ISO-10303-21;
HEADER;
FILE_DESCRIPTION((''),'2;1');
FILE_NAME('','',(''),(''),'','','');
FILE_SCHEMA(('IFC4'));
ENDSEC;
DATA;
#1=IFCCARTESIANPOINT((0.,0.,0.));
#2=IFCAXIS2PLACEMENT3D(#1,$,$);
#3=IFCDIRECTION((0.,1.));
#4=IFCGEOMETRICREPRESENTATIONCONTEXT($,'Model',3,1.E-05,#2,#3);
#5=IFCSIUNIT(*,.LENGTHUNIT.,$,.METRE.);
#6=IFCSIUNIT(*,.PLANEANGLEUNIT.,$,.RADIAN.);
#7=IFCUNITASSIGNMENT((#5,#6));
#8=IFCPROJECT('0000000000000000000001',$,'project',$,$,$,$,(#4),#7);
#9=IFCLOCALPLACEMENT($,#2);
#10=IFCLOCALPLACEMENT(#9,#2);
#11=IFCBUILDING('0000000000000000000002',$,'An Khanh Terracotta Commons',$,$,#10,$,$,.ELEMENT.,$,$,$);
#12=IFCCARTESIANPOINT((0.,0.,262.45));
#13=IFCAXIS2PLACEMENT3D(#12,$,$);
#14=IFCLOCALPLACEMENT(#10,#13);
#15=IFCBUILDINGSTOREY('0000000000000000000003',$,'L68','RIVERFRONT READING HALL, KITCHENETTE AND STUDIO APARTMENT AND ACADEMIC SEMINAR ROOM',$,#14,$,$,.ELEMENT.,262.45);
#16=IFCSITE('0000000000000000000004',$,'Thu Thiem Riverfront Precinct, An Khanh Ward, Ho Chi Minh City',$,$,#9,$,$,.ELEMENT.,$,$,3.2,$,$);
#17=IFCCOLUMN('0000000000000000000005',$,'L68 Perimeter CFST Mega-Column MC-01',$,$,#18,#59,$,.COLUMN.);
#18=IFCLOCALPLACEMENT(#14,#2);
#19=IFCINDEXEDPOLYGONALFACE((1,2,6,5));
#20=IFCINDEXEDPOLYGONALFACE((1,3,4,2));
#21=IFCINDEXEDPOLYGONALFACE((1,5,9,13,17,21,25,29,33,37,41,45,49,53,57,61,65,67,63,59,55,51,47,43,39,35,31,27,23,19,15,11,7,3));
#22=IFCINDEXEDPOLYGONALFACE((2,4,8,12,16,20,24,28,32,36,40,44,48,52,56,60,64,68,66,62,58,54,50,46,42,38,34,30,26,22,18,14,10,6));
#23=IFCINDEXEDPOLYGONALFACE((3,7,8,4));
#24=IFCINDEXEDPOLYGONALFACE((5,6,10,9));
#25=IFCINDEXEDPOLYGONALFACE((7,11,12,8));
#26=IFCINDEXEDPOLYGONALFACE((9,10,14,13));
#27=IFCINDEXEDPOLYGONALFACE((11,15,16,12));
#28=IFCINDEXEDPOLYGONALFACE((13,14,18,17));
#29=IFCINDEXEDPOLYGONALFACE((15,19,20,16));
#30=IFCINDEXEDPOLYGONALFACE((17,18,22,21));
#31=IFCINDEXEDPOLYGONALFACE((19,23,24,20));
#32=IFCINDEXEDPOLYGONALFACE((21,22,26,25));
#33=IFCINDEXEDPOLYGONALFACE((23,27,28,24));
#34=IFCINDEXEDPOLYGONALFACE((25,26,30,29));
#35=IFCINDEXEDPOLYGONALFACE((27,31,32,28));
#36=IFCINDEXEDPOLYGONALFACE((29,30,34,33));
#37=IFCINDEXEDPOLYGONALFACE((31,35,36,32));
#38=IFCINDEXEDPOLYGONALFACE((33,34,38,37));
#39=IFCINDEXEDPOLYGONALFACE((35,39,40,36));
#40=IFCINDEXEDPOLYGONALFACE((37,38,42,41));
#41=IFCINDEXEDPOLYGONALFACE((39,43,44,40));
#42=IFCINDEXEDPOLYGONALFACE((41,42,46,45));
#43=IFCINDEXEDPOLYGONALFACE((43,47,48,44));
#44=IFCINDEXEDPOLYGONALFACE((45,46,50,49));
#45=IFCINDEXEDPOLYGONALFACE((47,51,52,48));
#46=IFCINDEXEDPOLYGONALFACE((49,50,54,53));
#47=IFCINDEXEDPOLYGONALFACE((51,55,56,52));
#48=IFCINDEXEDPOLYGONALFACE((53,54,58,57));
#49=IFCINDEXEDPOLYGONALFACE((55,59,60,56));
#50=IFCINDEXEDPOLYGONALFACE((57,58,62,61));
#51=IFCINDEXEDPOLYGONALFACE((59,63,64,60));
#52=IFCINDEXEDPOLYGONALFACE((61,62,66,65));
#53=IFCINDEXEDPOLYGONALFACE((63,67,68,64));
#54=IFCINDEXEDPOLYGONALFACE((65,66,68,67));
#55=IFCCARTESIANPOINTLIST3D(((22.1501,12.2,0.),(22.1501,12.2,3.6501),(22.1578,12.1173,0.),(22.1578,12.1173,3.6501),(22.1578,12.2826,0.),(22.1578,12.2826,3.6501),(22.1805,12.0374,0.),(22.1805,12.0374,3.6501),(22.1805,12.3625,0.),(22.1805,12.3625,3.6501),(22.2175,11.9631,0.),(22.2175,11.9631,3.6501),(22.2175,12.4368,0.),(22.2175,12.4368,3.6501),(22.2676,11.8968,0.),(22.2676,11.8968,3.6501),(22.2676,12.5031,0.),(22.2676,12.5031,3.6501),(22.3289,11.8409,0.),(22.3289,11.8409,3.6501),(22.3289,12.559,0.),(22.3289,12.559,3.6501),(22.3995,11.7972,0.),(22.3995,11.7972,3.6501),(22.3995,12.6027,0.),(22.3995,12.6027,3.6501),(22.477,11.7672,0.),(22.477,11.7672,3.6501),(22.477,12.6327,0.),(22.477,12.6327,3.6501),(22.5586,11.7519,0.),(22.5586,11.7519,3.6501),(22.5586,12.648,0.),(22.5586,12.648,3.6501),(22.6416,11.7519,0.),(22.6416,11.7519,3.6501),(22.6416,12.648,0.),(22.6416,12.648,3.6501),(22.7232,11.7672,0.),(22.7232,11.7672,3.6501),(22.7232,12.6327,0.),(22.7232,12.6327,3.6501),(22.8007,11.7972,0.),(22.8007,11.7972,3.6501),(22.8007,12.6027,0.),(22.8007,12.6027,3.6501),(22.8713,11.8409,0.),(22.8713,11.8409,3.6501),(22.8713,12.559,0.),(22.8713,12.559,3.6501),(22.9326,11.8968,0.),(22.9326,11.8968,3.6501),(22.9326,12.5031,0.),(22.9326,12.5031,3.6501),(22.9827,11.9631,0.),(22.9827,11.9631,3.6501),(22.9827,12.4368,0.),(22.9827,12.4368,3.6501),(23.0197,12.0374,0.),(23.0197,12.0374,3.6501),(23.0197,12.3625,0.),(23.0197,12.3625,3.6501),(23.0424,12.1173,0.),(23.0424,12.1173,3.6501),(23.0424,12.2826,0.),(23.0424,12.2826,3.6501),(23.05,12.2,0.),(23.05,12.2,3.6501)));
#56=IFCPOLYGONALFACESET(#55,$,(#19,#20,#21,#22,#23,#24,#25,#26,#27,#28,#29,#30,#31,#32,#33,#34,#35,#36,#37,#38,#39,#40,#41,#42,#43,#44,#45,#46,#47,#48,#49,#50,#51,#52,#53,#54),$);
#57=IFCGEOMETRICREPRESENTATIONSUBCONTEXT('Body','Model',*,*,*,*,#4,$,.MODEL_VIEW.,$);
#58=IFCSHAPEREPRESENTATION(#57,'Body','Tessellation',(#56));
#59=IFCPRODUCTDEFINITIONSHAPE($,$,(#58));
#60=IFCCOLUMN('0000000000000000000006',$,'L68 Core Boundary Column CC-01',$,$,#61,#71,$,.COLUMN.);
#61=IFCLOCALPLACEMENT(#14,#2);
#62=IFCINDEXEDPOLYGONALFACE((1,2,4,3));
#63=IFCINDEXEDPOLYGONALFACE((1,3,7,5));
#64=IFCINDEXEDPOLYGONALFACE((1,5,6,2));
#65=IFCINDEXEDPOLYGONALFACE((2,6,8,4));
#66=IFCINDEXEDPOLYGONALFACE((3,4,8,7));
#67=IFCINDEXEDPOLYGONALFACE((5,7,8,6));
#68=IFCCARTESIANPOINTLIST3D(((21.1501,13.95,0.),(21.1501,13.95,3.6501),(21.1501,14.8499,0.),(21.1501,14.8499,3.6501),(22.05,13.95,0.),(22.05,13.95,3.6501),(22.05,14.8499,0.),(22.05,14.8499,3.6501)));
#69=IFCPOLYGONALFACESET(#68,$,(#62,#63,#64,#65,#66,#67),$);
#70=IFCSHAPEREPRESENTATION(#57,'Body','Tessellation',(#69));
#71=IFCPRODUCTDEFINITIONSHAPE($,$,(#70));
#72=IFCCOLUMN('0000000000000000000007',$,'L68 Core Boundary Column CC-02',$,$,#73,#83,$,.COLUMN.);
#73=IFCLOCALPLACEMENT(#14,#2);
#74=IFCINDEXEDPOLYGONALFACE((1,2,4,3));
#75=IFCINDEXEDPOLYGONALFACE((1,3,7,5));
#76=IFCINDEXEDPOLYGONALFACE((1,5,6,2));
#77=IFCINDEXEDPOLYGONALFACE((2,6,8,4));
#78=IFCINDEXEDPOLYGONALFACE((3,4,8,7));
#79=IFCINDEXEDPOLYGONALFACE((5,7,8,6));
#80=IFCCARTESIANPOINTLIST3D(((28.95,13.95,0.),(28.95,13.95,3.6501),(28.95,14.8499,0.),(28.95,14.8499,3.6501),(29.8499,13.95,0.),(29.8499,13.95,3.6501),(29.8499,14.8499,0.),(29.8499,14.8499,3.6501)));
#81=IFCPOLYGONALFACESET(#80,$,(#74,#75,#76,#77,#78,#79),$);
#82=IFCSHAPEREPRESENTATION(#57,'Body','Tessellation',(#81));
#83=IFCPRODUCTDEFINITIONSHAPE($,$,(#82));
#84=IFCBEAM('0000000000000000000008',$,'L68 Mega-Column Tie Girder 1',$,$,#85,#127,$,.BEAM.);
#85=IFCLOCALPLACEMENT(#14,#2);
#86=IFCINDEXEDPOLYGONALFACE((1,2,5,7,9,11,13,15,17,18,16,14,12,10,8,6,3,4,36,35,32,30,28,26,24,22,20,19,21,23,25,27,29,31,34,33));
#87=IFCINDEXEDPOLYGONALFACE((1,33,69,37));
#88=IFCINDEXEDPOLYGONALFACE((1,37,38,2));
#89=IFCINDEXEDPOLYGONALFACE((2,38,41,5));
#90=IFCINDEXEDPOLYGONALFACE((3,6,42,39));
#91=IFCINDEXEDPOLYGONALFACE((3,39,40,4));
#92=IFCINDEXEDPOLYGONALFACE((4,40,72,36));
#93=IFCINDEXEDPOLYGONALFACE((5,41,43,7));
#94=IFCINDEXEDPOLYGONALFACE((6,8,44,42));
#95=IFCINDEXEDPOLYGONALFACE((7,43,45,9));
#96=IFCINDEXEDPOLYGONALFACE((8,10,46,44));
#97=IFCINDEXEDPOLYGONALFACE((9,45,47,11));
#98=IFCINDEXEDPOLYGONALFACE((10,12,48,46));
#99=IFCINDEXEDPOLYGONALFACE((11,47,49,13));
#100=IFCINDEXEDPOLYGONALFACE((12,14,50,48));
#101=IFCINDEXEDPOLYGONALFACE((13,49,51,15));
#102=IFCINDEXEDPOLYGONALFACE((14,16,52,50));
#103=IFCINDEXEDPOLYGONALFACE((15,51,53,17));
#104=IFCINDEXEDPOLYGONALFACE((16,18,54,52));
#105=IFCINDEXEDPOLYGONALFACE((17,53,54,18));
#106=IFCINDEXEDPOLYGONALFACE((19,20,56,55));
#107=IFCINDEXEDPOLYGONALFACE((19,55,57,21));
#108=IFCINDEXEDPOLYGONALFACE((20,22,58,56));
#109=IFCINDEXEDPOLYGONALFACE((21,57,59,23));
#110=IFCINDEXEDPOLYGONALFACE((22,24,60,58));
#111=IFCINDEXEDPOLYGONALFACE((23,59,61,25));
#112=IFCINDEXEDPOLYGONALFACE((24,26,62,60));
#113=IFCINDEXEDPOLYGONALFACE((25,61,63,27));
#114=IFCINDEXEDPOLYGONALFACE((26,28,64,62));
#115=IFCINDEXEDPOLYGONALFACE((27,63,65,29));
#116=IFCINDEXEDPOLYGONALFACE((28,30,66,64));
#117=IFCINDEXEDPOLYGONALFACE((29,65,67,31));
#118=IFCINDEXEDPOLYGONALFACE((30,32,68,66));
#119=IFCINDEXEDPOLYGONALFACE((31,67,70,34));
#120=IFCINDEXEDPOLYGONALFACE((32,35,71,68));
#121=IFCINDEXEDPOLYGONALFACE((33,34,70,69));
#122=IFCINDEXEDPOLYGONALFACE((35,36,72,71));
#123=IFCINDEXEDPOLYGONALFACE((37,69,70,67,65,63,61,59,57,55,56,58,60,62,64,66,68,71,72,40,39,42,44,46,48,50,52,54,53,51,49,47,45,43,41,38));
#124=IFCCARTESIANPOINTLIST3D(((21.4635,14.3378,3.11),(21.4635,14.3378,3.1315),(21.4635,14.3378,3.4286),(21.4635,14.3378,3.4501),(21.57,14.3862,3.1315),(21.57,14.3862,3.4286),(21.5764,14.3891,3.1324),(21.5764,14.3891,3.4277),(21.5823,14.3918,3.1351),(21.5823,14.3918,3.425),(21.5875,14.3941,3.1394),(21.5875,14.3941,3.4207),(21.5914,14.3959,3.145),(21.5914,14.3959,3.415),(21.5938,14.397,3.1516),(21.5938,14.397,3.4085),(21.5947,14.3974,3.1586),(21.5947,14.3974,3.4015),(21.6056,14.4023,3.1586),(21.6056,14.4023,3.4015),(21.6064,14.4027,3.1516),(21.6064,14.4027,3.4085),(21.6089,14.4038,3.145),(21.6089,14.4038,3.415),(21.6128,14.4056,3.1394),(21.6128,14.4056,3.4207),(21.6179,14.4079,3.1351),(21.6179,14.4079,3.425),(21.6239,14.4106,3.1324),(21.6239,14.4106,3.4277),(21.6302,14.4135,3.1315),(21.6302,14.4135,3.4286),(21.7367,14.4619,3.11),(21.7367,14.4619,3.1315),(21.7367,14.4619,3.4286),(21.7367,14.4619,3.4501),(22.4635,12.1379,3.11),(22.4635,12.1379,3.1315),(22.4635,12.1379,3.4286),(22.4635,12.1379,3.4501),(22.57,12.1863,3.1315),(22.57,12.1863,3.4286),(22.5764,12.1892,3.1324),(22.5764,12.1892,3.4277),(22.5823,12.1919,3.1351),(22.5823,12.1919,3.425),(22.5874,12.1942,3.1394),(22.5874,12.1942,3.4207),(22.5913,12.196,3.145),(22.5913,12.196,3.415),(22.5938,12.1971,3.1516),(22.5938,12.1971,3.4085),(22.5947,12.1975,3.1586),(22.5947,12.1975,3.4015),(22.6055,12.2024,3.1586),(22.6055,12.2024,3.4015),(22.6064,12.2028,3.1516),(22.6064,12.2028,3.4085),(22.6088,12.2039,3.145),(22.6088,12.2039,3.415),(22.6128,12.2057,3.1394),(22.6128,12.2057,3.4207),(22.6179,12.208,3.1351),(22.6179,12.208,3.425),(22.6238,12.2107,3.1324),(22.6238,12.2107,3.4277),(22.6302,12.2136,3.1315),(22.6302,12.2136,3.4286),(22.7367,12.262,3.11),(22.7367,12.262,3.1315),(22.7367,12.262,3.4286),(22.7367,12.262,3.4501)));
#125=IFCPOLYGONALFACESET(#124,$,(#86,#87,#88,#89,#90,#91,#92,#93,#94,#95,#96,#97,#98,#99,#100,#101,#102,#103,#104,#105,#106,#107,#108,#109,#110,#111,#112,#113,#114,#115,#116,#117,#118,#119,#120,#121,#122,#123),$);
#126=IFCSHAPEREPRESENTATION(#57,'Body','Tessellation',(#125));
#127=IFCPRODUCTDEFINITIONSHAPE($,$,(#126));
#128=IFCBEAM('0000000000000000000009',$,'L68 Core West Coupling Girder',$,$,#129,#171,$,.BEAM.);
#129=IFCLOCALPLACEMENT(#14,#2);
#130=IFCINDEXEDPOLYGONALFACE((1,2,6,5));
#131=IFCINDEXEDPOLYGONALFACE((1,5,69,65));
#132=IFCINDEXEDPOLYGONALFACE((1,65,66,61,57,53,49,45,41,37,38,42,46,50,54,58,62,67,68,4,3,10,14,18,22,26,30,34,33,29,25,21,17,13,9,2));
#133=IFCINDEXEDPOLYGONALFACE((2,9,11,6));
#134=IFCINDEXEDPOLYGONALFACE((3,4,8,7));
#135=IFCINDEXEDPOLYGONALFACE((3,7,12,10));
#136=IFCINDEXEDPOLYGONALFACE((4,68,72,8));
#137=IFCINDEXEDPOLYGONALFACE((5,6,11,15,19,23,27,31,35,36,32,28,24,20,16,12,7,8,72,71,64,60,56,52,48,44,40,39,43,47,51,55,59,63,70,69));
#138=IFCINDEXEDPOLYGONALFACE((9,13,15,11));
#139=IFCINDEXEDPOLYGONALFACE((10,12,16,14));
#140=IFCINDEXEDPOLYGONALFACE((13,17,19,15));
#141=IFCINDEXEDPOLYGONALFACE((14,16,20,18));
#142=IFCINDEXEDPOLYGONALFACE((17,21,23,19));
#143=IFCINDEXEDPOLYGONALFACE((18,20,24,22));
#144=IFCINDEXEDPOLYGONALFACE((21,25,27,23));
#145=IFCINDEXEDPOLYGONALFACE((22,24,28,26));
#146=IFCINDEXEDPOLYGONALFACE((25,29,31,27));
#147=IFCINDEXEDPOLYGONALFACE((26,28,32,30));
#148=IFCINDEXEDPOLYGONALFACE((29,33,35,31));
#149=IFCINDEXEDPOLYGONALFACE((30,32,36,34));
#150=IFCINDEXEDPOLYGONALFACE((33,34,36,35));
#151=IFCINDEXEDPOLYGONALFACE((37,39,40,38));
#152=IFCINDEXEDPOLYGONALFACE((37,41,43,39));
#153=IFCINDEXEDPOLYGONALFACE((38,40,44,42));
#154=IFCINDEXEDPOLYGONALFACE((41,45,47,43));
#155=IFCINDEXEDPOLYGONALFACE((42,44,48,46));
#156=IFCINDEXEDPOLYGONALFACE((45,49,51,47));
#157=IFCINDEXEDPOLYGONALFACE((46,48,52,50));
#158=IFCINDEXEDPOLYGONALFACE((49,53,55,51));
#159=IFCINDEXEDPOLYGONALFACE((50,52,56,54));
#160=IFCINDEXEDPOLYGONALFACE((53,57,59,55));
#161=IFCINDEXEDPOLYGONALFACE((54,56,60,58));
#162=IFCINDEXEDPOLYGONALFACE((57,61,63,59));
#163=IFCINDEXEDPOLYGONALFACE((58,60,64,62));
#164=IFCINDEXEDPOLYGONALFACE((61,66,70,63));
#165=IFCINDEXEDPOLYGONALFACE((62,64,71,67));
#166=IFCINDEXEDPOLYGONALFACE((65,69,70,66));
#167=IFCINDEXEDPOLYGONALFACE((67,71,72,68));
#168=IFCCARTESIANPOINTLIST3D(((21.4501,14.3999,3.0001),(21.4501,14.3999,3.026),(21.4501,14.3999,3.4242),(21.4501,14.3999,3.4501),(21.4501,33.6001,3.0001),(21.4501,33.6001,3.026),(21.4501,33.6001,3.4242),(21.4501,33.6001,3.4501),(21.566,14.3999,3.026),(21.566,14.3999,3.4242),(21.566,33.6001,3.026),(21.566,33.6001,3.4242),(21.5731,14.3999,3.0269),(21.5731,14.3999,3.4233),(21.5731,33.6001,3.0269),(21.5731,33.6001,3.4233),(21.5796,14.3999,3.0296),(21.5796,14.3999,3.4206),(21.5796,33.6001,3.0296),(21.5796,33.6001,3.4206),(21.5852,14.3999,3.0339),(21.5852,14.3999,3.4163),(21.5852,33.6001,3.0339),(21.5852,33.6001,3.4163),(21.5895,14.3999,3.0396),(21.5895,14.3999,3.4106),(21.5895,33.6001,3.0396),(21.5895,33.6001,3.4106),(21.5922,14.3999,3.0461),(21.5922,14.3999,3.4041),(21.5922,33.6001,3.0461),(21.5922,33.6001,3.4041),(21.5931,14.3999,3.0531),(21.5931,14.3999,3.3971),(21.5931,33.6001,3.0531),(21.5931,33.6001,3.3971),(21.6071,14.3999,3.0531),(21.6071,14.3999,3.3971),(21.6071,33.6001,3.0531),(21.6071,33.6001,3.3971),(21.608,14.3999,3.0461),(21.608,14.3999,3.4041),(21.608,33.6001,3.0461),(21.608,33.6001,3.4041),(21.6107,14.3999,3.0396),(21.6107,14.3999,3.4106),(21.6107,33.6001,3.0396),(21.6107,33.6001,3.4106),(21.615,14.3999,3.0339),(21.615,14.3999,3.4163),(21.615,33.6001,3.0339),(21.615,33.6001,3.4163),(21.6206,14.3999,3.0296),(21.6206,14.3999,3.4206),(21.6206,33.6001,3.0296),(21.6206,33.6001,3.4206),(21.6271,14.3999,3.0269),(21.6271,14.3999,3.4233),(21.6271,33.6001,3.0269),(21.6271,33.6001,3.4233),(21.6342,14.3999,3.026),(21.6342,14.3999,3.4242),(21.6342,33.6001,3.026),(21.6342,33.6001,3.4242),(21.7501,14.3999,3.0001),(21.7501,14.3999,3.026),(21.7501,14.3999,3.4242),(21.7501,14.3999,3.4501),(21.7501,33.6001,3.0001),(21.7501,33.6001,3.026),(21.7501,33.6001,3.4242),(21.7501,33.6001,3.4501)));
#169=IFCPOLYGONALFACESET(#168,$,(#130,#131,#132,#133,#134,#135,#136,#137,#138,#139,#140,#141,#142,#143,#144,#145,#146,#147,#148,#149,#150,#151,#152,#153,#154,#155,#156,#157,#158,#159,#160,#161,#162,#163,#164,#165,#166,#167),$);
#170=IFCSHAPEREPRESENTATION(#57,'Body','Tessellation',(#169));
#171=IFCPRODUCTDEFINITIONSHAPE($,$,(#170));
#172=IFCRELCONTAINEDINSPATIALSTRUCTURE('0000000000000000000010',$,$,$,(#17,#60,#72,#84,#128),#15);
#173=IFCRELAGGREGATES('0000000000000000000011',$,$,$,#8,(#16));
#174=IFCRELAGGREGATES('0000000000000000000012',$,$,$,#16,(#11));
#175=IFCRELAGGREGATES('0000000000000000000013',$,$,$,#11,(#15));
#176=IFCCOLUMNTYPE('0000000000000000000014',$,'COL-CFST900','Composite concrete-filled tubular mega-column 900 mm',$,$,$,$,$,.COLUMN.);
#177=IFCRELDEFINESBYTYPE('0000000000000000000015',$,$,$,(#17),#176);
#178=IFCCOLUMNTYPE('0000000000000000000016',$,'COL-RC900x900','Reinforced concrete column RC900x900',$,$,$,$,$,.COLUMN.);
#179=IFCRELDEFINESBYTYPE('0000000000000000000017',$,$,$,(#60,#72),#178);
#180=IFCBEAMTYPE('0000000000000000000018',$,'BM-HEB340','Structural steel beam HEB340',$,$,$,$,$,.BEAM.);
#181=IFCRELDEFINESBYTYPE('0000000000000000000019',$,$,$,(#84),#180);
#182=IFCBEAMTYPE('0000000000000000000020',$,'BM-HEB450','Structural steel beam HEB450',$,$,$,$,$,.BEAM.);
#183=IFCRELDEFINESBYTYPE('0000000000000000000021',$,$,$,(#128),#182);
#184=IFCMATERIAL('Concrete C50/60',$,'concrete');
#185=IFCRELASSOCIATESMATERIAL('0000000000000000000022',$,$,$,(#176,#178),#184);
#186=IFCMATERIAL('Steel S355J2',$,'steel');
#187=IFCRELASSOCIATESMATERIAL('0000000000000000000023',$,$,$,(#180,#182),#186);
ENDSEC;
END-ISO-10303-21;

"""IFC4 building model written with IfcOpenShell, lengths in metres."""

from ifc_helpers import new_model, si_unit, direction, frame, origin, origin_2d, place, context, subcontext, project, spatial, rectangle, circle, i_section, extrude, material, material_profile, profile_set, type_object, element, save


model = new_model("IFC4")

# Units and contexts
model_context = context("Model", 3, precision=1e-05, world=origin(), true_north=direction((0.0, 1.0)))
body_context = subcontext(model_context, "Body", "Model", "MODEL_VIEW")
ifc_project = project(units=[si_unit("LENGTHUNIT", "METRE"), si_unit("PLANEANGLEUNIT", "RADIAN")], contexts=[model_context])

# Site, building, storey
site_placement = place(None, origin())
site = spatial("IfcSite", under=ifc_project, at=site_placement, Name="Thu Thiem Riverfront Precinct, An Khanh Ward, Ho Chi Minh City", CompositionType="ELEMENT", RefElevation=3.2)
building_placement = place(site_placement, origin())
building = spatial("IfcBuilding", under=site, at=building_placement, Name="An Khanh Terracotta Commons", CompositionType="ELEMENT")
storey_placement = place(building_placement, frame((0.0, 0.0, 262.45)))
storey = spatial("IfcBuildingStorey", under=building, at=storey_placement, Name="L68", Description="RIVERFRONT READING HALL, KITCHENETTE AND STUDIO APARTMENT AND ACADEMIC SEMINAR ROOM", CompositionType="ELEMENT", Elevation=262.45)

# Columns
ifc_material_1 = material(Name="Concrete C50/60", Category="concrete")
ifc_material_profile_1 = material_profile(ifc_material_1, circle(Radius=0.45, at=origin_2d()), Name="CFST900")
ifc_profile_set_1 = profile_set([ifc_material_profile_1], Name="Concrete C50/60")
column_type_1 = type_object("IfcColumnType", Name="COL-CFST900", Description="Composite concrete-filled tubular mega-column 900 mm", PredefinedType="COLUMN", material=ifc_profile_set_1)
column_placement = place(storey_placement, frame((22.6001, 12.2, 0.0), z_axis=(0.0, 0.0, 1.0), x_axis=(1.0, 0.0, 0.0)))
element("IfcColumn", 1, at=column_placement, inside=storey, type_object=column_type_1, Name="L68 Perimeter CFST Mega-Column MC-01", PredefinedType="COLUMN", context=body_context, shape_type="SweptSolid", body=[
    extrude(circle(Radius=0.45, at=origin_2d()), origin(), (0.0, 0.0, 1.0), 3.6501),
])
ifc_material_profile_2 = material_profile(ifc_material_1, rectangle(XDim=0.8999, YDim=0.8999, at=origin_2d()), Name="RC900x900")
ifc_profile_set_2 = profile_set([ifc_material_profile_2], Name="Concrete C50/60")
column_type_2 = type_object("IfcColumnType", Name="COL-RC900x900", Description="Reinforced concrete column RC900x900", PredefinedType="COLUMN", material=ifc_profile_set_2)
for number, where, z_axis, x_axis, name in (
    (2, (21.6001, 14.3999, 0.0), (0.0, 0.0, 1.0), (1.0, 0.0, 0.0), "L68 Core Boundary Column CC-01"),
    (3, (29.3999, 14.3999, 0.0), (0.0, 0.0, 1.0), (1.0, 0.0, 0.0), "L68 Core Boundary Column CC-02"),
):
    element("IfcColumn", number, at=place(storey_placement, frame(where, z_axis=z_axis, x_axis=x_axis)), inside=storey, type_object=column_type_2, Name=name, PredefinedType="COLUMN", context=body_context, shape_type="SweptSolid", body=[
        extrude(rectangle(XDim=0.8999, YDim=0.8999, at=origin_2d()), origin(), (0.0, 0.0, 1.0), 3.6501),
    ])

# Beams
ifc_material_2 = material(Name="Steel S355J2", Category="steel")
ifc_material_profile_3 = material_profile(ifc_material_2, i_section(OverallWidth=0.3, OverallDepth=0.3401, WebThickness=0.012, FlangeThickness=0.0215, FilletRadius=0.0271, at=origin_2d()), Name="HEB340")
ifc_profile_set_3 = profile_set([ifc_material_profile_3], Name="Steel S355J2")
beam_type_1 = type_object("IfcBeamType", Name="BM-HEB340", Description="Structural steel beam HEB340", PredefinedType="BEAM", material=ifc_profile_set_3)
beam_1_placement = place(storey_placement, frame((22.6001, 12.2, 3.28), z_axis=(-0.413811, 0.910363, 0.0), x_axis=(-0.910363, -0.413811, 0.0)))
element("IfcBeam", 4, at=beam_1_placement, inside=storey, type_object=beam_type_1, Name="L68 Mega-Column Tie Girder 1", PredefinedType="BEAM", context=body_context, shape_type="SweptSolid", body=[
    extrude(i_section(OverallWidth=0.3, OverallDepth=0.3401, WebThickness=0.012, FlangeThickness=0.0215, FilletRadius=0.0271, at=origin_2d()), origin(), (0.0, 0.0, 1.0), 2.4165),
])
ifc_material_profile_4 = material_profile(ifc_material_2, i_section(OverallWidth=0.3, OverallDepth=0.45, WebThickness=0.0139, FlangeThickness=0.0259, FilletRadius=0.0271, at=origin_2d()), Name="HEB450")
ifc_profile_set_4 = profile_set([ifc_material_profile_4], Name="Steel S355J2")
beam_type_2 = type_object("IfcBeamType", Name="BM-HEB450", Description="Structural steel beam HEB450", PredefinedType="BEAM", material=ifc_profile_set_4)
beam_2_placement = place(storey_placement, frame((21.6001, 14.3999, 3.2251), z_axis=(0.0, 1.0, 0.0), x_axis=(-1.0, 0.0, 0.0)))
element("IfcBeam", 5, at=beam_2_placement, inside=storey, type_object=beam_type_2, Name="L68 Core West Coupling Girder", PredefinedType="BEAM", context=body_context, shape_type="SweptSolid", body=[
    extrude(i_section(OverallWidth=0.3, OverallDepth=0.45, WebThickness=0.0139, FlangeThickness=0.0259, FilletRadius=0.0271, at=origin_2d()), origin(), (0.0, 0.0, 1.0), 19.2002),
])

save(model, "model.ifc")
